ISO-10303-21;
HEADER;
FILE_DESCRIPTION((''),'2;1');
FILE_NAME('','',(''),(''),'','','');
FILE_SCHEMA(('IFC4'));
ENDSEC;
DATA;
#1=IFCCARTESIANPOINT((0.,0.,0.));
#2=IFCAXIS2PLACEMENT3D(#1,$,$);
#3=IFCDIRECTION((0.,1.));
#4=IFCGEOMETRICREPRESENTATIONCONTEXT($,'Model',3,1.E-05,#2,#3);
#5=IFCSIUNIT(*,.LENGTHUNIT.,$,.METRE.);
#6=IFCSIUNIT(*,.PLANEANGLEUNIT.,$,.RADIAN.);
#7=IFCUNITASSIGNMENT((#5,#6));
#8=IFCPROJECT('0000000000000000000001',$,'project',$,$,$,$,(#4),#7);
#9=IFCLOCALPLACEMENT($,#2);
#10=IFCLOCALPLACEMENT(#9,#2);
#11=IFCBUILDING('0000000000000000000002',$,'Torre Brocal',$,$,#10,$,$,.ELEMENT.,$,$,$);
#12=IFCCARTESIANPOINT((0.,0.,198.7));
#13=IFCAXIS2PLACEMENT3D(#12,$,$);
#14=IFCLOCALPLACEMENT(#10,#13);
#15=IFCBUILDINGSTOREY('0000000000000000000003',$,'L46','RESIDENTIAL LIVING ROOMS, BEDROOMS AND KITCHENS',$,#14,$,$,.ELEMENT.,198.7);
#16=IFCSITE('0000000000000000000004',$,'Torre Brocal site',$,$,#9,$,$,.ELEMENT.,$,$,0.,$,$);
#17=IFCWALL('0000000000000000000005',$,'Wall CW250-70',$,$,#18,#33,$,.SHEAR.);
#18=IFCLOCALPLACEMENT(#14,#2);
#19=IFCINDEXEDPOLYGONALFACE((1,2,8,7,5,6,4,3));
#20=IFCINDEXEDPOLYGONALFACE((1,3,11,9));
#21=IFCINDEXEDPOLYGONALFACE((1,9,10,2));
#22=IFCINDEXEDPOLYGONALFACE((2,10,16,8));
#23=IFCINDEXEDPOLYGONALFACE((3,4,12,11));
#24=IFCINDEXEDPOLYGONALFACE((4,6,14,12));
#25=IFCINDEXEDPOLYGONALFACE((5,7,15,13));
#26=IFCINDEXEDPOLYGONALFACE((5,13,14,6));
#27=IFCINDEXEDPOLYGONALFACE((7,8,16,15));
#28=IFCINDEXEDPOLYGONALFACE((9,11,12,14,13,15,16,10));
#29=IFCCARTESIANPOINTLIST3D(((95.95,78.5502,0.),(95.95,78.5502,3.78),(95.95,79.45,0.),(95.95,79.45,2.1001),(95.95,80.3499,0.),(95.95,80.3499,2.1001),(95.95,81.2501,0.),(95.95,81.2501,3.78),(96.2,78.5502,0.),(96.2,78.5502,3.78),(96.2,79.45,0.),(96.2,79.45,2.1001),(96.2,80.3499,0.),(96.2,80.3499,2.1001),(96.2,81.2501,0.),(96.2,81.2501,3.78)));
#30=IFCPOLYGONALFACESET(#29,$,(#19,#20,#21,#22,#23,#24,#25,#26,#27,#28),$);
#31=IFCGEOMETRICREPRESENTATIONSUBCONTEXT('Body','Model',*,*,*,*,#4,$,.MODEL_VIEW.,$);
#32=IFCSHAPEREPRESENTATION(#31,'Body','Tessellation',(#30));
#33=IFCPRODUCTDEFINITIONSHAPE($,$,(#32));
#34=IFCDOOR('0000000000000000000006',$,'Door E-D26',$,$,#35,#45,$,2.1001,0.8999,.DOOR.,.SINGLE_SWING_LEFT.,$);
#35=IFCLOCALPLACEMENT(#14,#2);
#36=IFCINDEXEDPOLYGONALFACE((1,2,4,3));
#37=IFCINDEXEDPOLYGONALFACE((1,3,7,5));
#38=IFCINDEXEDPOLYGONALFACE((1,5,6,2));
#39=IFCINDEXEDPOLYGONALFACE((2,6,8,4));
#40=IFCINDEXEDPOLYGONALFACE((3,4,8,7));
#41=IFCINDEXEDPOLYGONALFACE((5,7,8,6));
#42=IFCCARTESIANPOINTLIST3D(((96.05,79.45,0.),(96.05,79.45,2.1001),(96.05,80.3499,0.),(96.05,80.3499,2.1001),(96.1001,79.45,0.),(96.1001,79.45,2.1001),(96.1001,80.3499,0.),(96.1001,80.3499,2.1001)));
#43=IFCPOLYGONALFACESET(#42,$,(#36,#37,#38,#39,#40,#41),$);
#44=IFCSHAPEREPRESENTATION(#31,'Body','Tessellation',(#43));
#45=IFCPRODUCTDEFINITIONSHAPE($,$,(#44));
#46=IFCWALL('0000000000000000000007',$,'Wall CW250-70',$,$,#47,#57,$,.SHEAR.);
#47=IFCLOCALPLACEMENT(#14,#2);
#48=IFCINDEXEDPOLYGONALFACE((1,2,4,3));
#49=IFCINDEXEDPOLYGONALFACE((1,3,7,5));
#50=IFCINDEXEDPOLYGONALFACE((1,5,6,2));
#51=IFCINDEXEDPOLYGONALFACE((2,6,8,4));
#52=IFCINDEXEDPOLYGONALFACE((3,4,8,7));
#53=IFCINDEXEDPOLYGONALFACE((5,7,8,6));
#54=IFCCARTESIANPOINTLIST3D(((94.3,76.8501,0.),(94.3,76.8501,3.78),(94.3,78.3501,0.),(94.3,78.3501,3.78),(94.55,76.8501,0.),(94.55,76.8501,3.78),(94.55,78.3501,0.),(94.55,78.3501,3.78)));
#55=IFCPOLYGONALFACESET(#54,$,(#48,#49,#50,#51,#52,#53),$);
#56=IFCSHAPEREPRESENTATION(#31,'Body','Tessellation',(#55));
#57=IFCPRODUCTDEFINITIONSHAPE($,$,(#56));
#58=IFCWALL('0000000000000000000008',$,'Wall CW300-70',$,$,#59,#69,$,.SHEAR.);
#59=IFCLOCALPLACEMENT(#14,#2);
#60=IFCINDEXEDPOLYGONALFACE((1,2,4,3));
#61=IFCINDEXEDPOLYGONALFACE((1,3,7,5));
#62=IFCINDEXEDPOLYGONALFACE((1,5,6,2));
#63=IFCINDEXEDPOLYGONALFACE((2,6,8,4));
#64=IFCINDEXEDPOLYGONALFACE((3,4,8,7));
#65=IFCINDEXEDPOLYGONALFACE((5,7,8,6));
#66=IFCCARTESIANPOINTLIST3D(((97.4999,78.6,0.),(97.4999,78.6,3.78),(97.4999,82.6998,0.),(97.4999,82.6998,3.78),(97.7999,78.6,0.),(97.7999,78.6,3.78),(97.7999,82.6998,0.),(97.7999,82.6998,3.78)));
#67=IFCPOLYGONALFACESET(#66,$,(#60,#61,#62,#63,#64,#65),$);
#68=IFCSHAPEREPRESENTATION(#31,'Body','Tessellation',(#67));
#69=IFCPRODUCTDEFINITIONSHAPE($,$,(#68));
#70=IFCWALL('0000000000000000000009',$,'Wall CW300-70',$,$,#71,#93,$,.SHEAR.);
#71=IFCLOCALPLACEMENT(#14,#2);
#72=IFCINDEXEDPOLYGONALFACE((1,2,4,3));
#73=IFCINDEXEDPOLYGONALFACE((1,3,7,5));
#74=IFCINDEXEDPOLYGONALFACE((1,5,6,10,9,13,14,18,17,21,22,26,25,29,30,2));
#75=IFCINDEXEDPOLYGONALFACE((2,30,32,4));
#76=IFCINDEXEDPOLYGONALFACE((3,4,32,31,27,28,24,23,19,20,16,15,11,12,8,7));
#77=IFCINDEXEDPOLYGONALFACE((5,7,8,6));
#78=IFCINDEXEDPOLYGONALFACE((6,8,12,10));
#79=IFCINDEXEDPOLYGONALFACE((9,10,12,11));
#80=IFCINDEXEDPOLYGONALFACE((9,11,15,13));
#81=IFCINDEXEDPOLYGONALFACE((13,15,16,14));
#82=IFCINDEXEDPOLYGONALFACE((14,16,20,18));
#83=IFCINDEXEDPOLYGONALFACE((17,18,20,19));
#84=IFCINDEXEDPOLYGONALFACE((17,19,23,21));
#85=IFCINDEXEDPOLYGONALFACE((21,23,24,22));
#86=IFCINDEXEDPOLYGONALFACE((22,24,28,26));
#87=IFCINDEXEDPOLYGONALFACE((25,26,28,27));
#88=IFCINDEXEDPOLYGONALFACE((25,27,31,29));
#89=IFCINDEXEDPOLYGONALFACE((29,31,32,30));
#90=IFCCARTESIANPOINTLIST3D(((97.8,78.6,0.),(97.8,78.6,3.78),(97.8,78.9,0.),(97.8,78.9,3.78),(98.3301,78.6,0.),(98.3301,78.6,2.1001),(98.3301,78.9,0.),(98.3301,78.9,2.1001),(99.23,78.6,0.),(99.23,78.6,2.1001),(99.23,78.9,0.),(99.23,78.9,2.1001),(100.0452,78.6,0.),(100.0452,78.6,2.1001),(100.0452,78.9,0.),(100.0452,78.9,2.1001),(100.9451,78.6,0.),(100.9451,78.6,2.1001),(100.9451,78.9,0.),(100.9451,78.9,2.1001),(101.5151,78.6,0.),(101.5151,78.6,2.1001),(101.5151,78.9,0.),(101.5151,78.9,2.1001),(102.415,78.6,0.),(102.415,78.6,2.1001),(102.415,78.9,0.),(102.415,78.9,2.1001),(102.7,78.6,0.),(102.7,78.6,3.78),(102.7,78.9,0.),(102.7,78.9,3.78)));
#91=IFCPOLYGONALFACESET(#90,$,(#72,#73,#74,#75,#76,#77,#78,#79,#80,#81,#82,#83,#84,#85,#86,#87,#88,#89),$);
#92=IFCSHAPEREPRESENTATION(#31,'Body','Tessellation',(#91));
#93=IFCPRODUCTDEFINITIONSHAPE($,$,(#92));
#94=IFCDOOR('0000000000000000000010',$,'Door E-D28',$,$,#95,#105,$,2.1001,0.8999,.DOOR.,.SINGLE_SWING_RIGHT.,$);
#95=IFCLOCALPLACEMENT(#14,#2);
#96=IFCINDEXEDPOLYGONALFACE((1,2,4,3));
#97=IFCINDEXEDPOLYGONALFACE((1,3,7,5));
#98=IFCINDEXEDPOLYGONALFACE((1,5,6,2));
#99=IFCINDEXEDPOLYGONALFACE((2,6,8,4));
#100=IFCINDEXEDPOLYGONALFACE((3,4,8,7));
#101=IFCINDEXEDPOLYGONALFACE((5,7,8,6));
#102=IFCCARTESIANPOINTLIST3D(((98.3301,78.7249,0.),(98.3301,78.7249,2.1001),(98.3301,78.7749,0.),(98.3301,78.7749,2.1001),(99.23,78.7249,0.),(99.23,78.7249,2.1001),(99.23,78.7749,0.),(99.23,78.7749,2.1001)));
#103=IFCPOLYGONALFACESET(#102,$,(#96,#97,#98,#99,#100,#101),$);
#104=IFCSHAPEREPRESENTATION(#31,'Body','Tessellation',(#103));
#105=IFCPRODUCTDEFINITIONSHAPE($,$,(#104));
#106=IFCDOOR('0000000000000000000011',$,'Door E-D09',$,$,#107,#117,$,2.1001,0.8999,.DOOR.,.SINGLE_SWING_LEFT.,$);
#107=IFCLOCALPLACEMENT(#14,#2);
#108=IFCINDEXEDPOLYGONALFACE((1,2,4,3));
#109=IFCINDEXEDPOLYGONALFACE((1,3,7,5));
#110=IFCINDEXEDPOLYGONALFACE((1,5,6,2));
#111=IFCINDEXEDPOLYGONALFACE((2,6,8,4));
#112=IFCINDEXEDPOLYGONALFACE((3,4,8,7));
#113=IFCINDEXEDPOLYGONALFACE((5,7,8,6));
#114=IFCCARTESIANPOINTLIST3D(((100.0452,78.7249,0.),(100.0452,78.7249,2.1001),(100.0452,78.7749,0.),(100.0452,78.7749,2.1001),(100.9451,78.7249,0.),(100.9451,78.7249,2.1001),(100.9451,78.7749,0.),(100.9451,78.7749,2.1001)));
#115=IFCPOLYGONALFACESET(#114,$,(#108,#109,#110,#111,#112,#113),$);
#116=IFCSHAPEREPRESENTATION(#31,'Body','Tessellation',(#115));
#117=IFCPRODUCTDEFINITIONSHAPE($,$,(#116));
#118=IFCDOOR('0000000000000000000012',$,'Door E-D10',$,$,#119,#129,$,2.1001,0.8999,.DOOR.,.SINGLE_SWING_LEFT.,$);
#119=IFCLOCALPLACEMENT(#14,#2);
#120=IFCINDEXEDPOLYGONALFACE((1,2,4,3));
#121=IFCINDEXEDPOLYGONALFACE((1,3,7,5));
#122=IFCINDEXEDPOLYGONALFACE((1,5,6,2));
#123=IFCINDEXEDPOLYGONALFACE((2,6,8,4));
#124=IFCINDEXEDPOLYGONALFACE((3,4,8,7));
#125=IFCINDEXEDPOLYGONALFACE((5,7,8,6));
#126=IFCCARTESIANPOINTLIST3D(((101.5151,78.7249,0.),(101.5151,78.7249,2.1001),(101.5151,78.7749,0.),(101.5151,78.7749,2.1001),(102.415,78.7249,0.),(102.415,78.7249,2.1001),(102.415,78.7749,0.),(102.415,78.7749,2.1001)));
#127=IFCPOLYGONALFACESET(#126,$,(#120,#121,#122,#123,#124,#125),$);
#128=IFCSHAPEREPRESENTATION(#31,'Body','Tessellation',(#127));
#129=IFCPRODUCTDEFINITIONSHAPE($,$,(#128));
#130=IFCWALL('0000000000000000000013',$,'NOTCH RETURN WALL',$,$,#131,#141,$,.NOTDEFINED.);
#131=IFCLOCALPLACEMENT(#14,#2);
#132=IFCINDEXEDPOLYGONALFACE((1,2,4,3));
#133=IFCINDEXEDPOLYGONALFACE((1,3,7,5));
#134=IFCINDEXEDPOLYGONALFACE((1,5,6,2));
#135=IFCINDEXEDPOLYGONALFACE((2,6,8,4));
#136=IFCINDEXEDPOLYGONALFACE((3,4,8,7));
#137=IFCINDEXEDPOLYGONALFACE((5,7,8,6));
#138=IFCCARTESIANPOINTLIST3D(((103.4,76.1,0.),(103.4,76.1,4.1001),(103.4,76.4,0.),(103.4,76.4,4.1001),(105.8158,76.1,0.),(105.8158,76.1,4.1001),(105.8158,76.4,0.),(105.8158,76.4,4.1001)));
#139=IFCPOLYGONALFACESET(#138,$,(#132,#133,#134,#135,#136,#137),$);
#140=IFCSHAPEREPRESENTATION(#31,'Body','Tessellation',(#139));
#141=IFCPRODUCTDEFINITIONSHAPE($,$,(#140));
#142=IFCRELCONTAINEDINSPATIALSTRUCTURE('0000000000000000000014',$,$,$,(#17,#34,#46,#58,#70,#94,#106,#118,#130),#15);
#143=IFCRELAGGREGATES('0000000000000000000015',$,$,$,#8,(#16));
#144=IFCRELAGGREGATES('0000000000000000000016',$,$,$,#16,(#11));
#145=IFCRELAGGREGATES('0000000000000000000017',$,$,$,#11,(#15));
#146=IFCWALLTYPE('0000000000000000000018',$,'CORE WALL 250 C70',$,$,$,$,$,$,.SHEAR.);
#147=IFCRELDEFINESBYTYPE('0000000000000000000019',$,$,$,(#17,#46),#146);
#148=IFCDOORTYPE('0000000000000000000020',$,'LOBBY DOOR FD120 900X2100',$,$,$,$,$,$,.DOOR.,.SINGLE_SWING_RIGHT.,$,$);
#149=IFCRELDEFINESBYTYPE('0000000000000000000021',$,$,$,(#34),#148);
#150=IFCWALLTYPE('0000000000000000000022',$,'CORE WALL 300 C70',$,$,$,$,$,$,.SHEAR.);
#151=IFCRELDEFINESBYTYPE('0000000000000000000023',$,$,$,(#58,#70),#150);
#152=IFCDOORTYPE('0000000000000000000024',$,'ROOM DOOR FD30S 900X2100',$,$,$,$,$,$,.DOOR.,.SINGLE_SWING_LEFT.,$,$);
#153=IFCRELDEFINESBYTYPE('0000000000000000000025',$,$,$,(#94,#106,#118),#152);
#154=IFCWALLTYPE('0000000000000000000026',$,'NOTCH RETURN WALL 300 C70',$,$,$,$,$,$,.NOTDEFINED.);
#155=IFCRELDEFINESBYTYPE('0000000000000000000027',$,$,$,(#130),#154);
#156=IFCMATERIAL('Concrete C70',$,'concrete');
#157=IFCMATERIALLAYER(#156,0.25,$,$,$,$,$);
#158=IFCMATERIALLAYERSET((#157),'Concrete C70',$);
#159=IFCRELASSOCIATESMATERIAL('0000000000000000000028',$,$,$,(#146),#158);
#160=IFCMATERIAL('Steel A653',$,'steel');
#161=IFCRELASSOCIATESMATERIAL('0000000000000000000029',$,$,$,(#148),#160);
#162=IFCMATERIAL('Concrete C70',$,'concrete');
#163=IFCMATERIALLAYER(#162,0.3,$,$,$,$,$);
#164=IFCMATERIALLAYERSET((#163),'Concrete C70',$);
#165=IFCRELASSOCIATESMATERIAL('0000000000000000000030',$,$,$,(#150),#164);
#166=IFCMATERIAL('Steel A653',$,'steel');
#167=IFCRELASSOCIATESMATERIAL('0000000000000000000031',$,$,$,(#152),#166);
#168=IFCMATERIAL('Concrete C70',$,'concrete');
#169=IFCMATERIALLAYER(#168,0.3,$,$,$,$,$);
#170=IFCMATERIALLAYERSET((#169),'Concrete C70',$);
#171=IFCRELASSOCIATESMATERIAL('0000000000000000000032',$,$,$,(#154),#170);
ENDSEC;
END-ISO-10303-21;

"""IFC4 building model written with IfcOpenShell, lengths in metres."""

from ifc_helpers import new_model, si_unit, direction, frame, frame_2d, origin, place, context, subcontext, project, spatial, rectangle, extrude, material, layer, layer_set, type_object, element, fill, save


model = new_model("IFC4")

# Units and contexts
model_context = context("Model", 3, precision=1e-05, world=origin(), true_north=direction((0.0, 1.0)))
body_context = subcontext(model_context, "Body", "Model", "MODEL_VIEW")
ifc_project = project(units=[si_unit("LENGTHUNIT", "METRE"), si_unit("PLANEANGLEUNIT", "RADIAN")], contexts=[model_context])

# Site, building, storey
site_placement = place(None, origin())
site = spatial("IfcSite", under=ifc_project, at=site_placement, Name="Torre Brocal site", CompositionType="ELEMENT", RefElevation=0.0)
building_placement = place(site_placement, origin())
building = spatial("IfcBuilding", under=site, at=building_placement, Name="Torre Brocal", CompositionType="ELEMENT")
storey_placement = place(building_placement, frame((0.0, 0.0, 198.7)))
storey = spatial("IfcBuildingStorey", under=building, at=storey_placement, Name="L46", Description="RESIDENTIAL LIVING ROOMS, BEDROOMS AND KITCHENS", CompositionType="ELEMENT", Elevation=198.7)

# Wall, opening, door
ifc_material_1 = material(Name="Concrete C70", Category="concrete")
ifc_layer_1 = layer(ifc_material_1, 0.25)
ifc_layer_set_1 = layer_set([ifc_layer_1], Name="Concrete C70")
wall_type_1 = type_object("IfcWallType", Name="CORE WALL 250 C70", PredefinedType="SHEAR", material=ifc_layer_set_1)
wall_1_placement = place(storey_placement, frame((96.075, 78.55, 0.0), z_axis=(0.0, 0.0, 1.0), x_axis=(0.0, 1.0, 0.0)))
wall_1 = element("IfcWall", 1, at=wall_1_placement, inside=storey, type_object=wall_type_1, Name="Wall CW250-70", PredefinedType="SHEAR", context=body_context, shape_type="SweptSolid", body=[
    extrude(rectangle(XDim=2.7, YDim=0.25, at=frame_2d((1.3501, 0.0))), origin(), (0.0, 0.0, 1.0), 3.78),
])
opening_1_placement = place(wall_1_placement, frame((0.8999, 0.0, 0.0)))
opening_1 = element("IfcOpeningElement", 2, at=opening_1_placement, cuts=wall_1, PredefinedType="OPENING", context=body_context, shape_type="SweptSolid", body=[
    extrude(rectangle(XDim=0.8999, YDim=2.1001, at=frame_2d((0.45, 1.05))), frame((0.0, 0.135, 0.0), z_axis=(0.0, -1.0, 0.0), x_axis=(1.0, 0.0, 0.0)), (0.0, 0.0, 1.0), 0.27),
])
ifc_material_2 = material(Name="Steel A653", Category="steel")
door_type_1 = type_object("IfcDoorType", Name="LOBBY DOOR FD120 900X2100", OperationType="SINGLE_SWING_RIGHT", PredefinedType="DOOR", material=ifc_material_2)
door_1_placement = place(opening_1_placement, origin())
door_1 = element("IfcDoor", 3, at=door_1_placement, inside=storey, type_object=door_type_1, Name="Door E-D26", OperationType="SINGLE_SWING_LEFT", OverallHeight=2.1001, OverallWidth=0.8999, PredefinedType="DOOR", context=body_context, shape_type="SweptSolid", body=[
    extrude(rectangle(XDim=0.8999, YDim=2.1001, at=frame_2d((0.45, 1.05))), frame((0.0, 0.0249, 0.0), z_axis=(0.0, -1.0, 0.0), x_axis=(1.0, 0.0, 0.0)), (0.0, 0.0, 1.0), 0.05),
])
fill(opening_1, door_1)

# Walls
wall_2_placement = place(storey_placement, frame((94.425, 76.8501, 0.0), z_axis=(0.0, 0.0, 1.0), x_axis=(0.0, 1.0, 0.0)))
element("IfcWall", 4, at=wall_2_placement, inside=storey, type_object=wall_type_1, Name="Wall CW250-70", PredefinedType="SHEAR", context=body_context, shape_type="SweptSolid", body=[
    extrude(rectangle(XDim=1.5, YDim=0.25, at=frame_2d((0.75, 0.0))), origin(), (0.0, 0.0, 1.0), 3.78),
])
ifc_material_3 = material(Name="Concrete C70", Category="concrete")
ifc_layer_2 = layer(ifc_material_3, 0.3)
ifc_layer_set_2 = layer_set([ifc_layer_2], Name="Concrete C70")
wall_type_2 = type_object("IfcWallType", Name="CORE WALL 300 C70", PredefinedType="SHEAR", material=ifc_layer_set_2)
wall_3_placement = place(storey_placement, frame((97.6499, 78.6001, 0.0), z_axis=(0.0, 0.0, 1.0), x_axis=(0.0, 1.0, 0.0)))
element("IfcWall", 5, at=wall_3_placement, inside=storey, type_object=wall_type_2, Name="Wall CW300-70", PredefinedType="SHEAR", context=body_context, shape_type="SweptSolid", body=[
    extrude(rectangle(XDim=4.0999, YDim=0.3, at=frame_2d((2.0498, 0.0))), origin(), (0.0, 0.0, 1.0), 3.78),
])

# Wall, openings, doors
wall_4_placement = place(storey_placement, frame((97.8, 78.75, 0.0), z_axis=(0.0, 0.0, 1.0), x_axis=(1.0, 0.0, 0.0)))
wall_4 = element("IfcWall", 6, at=wall_4_placement, inside=storey, type_object=wall_type_2, Name="Wall CW300-70", PredefinedType="SHEAR", context=body_context, shape_type="SweptSolid", body=[
    extrude(rectangle(XDim=4.8999, YDim=0.3, at=frame_2d((2.45, 0.0))), origin(), (0.0, 0.0, 1.0), 3.78),
])
opening_2_placement = place(wall_4_placement, frame((0.53, 0.0, 0.0)))
opening_2 = element("IfcOpeningElement", 7, at=opening_2_placement, cuts=wall_4, PredefinedType="OPENING", context=body_context, shape_type="SweptSolid", body=[
    extrude(rectangle(XDim=0.8999, YDim=2.1001, at=frame_2d((0.45, 1.05))), frame((0.0, 0.1599, 0.0), z_axis=(0.0, -1.0, 0.0), x_axis=(1.0, 0.0, 0.0)), (0.0, 0.0, 1.0), 0.3201),
])
opening_3_placement = place(wall_4_placement, frame((2.2451, 0.0, 0.0)))
opening_3 = element("IfcOpeningElement", 8, at=opening_3_placement, cuts=wall_4, PredefinedType="OPENING", context=body_context, shape_type="SweptSolid", body=[
    extrude(rectangle(XDim=0.8999, YDim=2.1001, at=frame_2d((0.45, 1.05))), frame((0.0, 0.1599, 0.0), z_axis=(0.0, -1.0, 0.0), x_axis=(1.0, 0.0, 0.0)), (0.0, 0.0, 1.0), 0.3201),
])
opening_4_placement = place(wall_4_placement, frame((3.7151, 0.0, 0.0)))
opening_4 = element("IfcOpeningElement", 9, at=opening_4_placement, cuts=wall_4, PredefinedType="OPENING", context=body_context, shape_type="SweptSolid", body=[
    extrude(rectangle(XDim=0.8999, YDim=2.1001, at=frame_2d((0.45, 1.05))), frame((0.0, 0.1599, 0.0), z_axis=(0.0, -1.0, 0.0), x_axis=(1.0, 0.0, 0.0)), (0.0, 0.0, 1.0), 0.3201),
])
ifc_material_4 = material(Name="Steel A653", Category="steel")
door_type_2 = type_object("IfcDoorType", Name="ROOM DOOR FD30S 900X2100", OperationType="SINGLE_SWING_LEFT", PredefinedType="DOOR", material=ifc_material_4)
door_2_placement = place(opening_2_placement, origin())
door_2 = element("IfcDoor", 10, at=door_2_placement, inside=storey, type_object=door_type_2, Name="Door E-D28", OperationType="SINGLE_SWING_RIGHT", OverallHeight=2.1001, OverallWidth=0.8999, PredefinedType="DOOR", context=body_context, shape_type="SweptSolid", body=[
    extrude(rectangle(XDim=0.8999, YDim=2.1001, at=frame_2d((0.45, 1.05))), frame((0.0, 0.0249, 0.0), z_axis=(0.0, -1.0, 0.0), x_axis=(1.0, 0.0, 0.0)), (0.0, 0.0, 1.0), 0.05),
])
fill(opening_2, door_2)
door_3_placement = place(opening_3_placement, origin())
door_3 = element("IfcDoor", 11, at=door_3_placement, inside=storey, type_object=door_type_2, Name="Door E-D09", OperationType="SINGLE_SWING_LEFT", OverallHeight=2.1001, OverallWidth=0.8999, PredefinedType="DOOR", context=body_context, shape_type="SweptSolid", body=[
    extrude(rectangle(XDim=0.8999, YDim=2.1001, at=frame_2d((0.45, 1.05))), frame((0.0, 0.0249, 0.0), z_axis=(0.0, -1.0, 0.0), x_axis=(1.0, 0.0, 0.0)), (0.0, 0.0, 1.0), 0.05),
])
fill(opening_3, door_3)
door_4_placement = place(opening_4_placement, origin())
door_4 = element("IfcDoor", 12, at=door_4_placement, inside=storey, type_object=door_type_2, Name="Door E-D10", OperationType="SINGLE_SWING_LEFT", OverallHeight=2.1001, OverallWidth=0.8999, PredefinedType="DOOR", context=body_context, shape_type="SweptSolid", body=[
    extrude(rectangle(XDim=0.8999, YDim=2.1001, at=frame_2d((0.45, 1.05))), frame((0.0, 0.0249, 0.0), z_axis=(0.0, -1.0, 0.0), x_axis=(1.0, 0.0, 0.0)), (0.0, 0.0, 1.0), 0.05),
])
fill(opening_4, door_4)

# Wall
ifc_material_5 = material(Name="Concrete C70", Category="concrete")
ifc_layer_3 = layer(ifc_material_5, 0.3)
ifc_layer_set_3 = layer_set([ifc_layer_3], Name="Concrete C70")
wall_type_3 = type_object("IfcWallType", Name="NOTCH RETURN WALL 300 C70", PredefinedType="NOTDEFINED", material=ifc_layer_set_3)
wall_5_placement = place(storey_placement, frame((103.3999, 76.25, 0.0), z_axis=(0.0, 0.0, 1.0), x_axis=(1.0, 0.0, 0.0)))
element("IfcWall", 13, at=wall_5_placement, inside=storey, type_object=wall_type_3, Name="NOTCH RETURN WALL", PredefinedType="NOTDEFINED", context=body_context, shape_type="SweptSolid", body=[
    extrude(rectangle(XDim=2.4158, YDim=0.3, at=frame_2d((1.208, 0.0))), origin(), (0.0, 0.0, 1.0), 4.1001),
])

save(model, "model.ifc")
